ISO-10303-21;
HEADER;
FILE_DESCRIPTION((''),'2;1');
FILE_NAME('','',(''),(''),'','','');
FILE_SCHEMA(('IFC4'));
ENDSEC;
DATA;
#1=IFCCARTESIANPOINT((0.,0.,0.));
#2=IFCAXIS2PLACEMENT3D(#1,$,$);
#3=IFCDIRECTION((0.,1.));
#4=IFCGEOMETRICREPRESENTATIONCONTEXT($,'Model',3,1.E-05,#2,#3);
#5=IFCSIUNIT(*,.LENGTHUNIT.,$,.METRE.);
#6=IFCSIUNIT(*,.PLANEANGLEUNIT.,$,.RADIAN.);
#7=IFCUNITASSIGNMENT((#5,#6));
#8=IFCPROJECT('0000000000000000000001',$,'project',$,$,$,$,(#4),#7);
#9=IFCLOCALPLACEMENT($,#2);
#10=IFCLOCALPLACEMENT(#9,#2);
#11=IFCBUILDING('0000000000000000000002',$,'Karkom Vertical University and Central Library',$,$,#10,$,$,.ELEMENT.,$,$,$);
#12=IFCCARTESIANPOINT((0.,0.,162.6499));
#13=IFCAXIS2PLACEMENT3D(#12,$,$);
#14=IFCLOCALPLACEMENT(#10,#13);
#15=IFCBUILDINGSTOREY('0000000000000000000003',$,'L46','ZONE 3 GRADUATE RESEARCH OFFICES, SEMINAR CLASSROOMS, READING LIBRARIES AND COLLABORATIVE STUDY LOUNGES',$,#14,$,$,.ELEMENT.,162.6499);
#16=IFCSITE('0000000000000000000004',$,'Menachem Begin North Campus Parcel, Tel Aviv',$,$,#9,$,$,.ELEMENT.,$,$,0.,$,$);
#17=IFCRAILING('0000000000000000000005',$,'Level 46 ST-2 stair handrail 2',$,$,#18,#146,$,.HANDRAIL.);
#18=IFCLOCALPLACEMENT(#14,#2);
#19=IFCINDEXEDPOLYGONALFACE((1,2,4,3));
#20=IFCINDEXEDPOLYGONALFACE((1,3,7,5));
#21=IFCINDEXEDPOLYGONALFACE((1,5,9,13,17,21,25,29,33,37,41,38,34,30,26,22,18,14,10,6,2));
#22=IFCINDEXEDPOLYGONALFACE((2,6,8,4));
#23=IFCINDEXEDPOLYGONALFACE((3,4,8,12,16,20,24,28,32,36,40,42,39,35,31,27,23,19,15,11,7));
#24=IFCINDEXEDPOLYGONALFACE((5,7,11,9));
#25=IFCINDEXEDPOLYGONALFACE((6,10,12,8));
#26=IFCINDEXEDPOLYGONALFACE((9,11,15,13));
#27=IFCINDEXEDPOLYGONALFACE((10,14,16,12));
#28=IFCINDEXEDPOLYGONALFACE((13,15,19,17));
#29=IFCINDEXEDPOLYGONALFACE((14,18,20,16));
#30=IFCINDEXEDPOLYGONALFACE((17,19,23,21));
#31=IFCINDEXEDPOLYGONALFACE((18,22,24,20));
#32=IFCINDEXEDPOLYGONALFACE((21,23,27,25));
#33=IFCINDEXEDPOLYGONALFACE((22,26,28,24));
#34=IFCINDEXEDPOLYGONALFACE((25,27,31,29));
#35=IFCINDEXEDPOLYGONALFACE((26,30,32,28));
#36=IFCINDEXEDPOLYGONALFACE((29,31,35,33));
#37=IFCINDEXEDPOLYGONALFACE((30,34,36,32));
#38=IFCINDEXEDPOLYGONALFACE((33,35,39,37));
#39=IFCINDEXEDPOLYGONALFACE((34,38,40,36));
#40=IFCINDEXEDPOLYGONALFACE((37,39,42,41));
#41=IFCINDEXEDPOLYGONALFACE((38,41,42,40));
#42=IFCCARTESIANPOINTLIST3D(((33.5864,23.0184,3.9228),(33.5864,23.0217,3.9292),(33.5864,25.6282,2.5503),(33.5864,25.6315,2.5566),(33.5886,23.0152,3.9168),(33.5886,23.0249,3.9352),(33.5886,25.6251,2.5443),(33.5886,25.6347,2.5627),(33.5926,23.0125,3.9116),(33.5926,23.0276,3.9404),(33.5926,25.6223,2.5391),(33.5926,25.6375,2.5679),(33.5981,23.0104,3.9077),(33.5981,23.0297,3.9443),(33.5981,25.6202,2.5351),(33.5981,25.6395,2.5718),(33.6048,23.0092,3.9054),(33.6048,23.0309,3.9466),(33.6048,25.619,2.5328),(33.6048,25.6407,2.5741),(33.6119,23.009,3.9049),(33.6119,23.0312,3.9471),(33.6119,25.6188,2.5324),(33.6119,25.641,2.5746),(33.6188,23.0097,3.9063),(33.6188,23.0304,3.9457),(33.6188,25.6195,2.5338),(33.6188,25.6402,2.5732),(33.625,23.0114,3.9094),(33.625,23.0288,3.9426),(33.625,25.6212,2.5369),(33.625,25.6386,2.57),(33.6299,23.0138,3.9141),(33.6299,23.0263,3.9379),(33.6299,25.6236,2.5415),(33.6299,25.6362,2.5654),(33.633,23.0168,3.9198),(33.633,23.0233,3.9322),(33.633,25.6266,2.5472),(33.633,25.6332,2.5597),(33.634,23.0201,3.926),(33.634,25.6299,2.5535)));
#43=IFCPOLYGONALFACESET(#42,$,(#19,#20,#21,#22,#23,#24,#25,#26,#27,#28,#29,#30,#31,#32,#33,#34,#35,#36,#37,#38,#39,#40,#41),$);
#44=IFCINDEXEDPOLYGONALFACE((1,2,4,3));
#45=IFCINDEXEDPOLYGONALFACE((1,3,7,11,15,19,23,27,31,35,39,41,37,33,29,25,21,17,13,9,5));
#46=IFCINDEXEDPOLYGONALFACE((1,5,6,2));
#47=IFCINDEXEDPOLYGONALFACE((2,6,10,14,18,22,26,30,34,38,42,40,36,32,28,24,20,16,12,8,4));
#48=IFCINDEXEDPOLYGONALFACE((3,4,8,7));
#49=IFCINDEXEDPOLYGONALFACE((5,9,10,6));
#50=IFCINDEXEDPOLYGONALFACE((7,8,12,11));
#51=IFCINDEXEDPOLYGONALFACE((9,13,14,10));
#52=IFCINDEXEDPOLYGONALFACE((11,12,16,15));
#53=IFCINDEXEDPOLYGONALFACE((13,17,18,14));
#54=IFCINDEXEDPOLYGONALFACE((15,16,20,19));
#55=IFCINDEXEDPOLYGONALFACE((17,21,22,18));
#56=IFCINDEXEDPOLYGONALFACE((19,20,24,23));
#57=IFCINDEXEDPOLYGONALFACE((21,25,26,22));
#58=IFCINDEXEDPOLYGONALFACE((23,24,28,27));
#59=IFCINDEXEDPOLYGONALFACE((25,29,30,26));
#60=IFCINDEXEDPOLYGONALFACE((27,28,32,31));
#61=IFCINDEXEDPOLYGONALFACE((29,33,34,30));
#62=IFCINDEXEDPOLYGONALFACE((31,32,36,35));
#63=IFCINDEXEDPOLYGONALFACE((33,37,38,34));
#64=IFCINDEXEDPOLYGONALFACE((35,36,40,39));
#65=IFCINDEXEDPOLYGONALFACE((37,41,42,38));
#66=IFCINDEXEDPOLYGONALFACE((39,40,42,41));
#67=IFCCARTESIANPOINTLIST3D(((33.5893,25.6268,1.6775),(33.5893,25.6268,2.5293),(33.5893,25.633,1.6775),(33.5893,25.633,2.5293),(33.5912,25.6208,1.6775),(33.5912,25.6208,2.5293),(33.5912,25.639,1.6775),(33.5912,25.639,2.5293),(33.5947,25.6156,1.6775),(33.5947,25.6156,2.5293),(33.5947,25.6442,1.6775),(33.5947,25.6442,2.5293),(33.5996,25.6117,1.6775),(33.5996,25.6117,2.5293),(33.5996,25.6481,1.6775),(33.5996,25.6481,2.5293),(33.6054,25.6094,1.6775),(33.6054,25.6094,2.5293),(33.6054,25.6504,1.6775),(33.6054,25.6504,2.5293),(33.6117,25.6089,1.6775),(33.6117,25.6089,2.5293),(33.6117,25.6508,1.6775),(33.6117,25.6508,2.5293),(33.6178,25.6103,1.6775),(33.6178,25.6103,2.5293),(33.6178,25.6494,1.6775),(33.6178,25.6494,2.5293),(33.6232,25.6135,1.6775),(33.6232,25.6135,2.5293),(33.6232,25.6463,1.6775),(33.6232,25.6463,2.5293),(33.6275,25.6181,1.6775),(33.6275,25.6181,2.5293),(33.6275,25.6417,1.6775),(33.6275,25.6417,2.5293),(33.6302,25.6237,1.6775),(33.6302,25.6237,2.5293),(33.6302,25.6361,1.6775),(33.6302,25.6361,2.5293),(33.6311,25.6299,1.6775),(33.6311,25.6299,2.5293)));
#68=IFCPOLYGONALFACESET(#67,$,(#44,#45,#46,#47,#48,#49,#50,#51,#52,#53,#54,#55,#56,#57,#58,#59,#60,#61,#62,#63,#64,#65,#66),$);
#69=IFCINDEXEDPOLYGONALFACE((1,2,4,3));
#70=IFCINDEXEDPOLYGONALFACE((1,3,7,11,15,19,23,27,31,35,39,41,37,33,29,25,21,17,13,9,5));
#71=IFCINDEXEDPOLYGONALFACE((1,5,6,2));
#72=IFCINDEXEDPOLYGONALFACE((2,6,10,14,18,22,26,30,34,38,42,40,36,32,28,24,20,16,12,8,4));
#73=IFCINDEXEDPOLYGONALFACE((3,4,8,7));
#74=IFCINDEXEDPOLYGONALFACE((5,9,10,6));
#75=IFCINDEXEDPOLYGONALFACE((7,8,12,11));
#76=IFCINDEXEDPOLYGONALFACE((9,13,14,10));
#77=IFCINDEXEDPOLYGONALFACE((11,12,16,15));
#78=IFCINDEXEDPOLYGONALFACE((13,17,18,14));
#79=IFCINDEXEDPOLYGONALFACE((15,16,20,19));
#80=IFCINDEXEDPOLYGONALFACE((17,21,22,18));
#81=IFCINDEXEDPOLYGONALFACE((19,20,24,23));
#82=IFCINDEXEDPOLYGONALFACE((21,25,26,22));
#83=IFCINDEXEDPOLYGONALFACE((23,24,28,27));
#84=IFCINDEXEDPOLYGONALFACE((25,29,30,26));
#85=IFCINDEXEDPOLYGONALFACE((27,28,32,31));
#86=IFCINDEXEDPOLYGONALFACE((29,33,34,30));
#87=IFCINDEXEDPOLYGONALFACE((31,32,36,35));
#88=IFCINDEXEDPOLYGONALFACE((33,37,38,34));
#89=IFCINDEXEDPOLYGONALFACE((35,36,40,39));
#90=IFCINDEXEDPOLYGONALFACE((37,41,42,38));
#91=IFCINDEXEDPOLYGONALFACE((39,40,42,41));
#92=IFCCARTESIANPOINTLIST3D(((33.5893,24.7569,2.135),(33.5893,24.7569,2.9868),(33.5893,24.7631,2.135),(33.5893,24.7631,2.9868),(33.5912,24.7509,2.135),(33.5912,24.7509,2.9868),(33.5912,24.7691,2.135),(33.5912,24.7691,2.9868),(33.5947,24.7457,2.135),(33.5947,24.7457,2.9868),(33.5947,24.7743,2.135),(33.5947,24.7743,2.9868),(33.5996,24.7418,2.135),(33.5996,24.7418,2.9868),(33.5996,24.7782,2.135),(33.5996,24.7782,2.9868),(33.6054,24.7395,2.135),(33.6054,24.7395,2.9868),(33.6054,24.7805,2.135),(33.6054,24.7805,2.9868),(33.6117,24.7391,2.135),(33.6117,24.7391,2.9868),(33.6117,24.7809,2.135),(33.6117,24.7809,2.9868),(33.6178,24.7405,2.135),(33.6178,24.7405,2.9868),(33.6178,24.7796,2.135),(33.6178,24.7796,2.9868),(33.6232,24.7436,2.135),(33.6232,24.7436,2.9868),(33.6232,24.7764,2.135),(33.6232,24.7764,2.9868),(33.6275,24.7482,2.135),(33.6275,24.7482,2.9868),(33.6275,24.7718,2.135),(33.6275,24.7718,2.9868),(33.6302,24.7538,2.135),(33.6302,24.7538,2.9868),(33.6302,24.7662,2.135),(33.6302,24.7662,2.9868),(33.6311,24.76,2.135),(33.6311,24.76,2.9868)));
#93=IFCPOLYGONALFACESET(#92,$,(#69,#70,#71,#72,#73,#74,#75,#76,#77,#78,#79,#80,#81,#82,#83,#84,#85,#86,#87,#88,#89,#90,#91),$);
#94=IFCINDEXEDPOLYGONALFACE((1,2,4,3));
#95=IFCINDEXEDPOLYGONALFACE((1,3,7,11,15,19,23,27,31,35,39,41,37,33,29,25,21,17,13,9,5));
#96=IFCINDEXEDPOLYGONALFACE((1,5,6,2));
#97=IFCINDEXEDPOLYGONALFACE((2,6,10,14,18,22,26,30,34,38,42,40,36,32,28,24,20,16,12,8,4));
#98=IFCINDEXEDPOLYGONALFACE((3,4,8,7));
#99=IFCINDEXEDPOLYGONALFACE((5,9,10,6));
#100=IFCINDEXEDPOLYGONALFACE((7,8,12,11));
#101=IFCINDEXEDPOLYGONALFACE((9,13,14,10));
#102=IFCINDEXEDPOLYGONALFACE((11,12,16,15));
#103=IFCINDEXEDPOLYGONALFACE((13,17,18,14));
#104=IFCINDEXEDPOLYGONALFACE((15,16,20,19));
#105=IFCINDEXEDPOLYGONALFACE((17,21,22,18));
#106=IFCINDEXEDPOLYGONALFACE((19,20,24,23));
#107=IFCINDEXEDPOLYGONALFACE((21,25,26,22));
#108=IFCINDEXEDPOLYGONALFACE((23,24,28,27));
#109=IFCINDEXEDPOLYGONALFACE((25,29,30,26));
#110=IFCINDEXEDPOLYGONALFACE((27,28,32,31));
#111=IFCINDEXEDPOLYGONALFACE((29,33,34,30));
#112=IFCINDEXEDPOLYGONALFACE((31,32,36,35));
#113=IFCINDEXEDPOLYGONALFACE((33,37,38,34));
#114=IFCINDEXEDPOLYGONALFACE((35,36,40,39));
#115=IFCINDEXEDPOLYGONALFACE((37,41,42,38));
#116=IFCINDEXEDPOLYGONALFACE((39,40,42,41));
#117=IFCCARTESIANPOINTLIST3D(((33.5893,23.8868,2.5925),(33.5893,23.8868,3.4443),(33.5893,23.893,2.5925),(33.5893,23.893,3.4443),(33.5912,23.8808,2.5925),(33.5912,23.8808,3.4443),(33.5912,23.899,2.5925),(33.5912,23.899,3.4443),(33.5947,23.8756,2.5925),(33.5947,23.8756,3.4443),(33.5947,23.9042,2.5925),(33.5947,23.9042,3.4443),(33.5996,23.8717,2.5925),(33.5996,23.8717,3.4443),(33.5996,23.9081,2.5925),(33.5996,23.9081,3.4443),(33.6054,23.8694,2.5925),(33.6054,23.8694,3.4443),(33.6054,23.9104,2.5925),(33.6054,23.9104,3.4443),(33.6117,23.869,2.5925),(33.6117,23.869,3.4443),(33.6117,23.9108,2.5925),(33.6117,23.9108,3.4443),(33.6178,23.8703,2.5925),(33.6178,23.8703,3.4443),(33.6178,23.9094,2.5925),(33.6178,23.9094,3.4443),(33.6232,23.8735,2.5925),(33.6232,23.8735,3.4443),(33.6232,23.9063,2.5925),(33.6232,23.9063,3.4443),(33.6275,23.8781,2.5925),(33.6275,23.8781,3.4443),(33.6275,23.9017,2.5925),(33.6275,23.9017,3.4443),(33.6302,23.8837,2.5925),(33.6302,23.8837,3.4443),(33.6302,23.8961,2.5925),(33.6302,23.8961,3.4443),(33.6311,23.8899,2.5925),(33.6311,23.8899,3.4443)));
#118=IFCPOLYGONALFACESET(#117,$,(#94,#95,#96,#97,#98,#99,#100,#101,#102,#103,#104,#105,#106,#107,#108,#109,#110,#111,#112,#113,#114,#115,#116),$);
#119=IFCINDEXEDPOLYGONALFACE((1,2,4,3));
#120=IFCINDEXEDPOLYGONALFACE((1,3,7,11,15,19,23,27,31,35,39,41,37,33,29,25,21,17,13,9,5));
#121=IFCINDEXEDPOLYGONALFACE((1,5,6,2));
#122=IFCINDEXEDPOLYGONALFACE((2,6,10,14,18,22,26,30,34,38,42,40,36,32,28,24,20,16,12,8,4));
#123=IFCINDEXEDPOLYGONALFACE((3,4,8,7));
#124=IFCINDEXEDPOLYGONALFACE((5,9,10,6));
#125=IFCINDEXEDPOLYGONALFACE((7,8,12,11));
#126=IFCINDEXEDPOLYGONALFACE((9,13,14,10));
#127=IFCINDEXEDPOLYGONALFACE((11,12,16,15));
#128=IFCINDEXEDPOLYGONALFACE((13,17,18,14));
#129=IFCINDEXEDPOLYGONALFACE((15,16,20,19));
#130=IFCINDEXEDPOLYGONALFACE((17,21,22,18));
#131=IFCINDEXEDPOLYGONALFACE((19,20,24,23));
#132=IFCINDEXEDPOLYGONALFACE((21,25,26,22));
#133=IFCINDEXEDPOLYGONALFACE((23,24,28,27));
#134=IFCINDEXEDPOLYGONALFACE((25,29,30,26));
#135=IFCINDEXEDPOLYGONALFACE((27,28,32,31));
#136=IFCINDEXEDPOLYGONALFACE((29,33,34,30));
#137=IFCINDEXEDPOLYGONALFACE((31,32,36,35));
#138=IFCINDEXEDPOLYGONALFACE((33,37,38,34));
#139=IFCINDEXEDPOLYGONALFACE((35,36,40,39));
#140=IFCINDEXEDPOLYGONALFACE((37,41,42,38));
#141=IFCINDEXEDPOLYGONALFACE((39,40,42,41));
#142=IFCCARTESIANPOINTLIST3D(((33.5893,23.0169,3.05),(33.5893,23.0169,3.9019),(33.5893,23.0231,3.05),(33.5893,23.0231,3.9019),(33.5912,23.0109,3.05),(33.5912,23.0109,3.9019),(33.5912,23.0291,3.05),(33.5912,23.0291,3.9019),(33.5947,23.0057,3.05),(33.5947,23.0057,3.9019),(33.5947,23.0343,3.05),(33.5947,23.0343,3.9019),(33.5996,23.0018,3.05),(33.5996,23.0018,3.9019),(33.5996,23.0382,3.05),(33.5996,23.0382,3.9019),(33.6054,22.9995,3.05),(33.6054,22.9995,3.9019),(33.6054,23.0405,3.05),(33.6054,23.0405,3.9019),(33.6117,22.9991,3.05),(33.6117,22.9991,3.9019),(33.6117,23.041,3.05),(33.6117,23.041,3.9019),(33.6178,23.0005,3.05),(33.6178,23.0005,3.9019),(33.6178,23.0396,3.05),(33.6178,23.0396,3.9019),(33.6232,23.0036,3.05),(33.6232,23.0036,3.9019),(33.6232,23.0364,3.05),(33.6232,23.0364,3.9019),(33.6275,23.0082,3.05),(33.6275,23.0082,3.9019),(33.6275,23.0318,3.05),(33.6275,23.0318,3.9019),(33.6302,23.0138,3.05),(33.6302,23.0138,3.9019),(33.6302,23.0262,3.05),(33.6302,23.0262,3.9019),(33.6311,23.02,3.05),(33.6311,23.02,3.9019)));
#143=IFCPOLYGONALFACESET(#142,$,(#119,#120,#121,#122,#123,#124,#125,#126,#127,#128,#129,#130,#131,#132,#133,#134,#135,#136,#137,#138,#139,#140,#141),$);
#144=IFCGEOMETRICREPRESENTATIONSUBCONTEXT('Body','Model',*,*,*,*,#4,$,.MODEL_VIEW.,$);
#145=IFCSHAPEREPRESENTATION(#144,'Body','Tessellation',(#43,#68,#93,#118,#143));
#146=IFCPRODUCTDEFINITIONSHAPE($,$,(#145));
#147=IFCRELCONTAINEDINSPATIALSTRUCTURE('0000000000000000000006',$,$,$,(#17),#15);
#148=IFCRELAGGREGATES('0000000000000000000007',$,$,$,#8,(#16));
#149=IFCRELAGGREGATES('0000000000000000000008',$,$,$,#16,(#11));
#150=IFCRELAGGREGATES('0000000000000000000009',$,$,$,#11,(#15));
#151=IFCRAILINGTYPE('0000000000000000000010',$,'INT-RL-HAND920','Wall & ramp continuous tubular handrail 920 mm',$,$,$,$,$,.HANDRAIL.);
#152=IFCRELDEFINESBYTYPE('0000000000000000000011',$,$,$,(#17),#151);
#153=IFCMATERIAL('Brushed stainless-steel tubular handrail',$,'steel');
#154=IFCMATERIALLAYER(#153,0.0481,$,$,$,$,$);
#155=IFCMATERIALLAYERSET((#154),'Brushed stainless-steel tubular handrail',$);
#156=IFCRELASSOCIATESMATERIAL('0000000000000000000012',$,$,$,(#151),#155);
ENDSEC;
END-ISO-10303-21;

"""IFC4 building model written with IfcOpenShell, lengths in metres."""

from ifc_helpers import new_model, si_unit, direction, frame, origin, origin_2d, place, context, subcontext, project, spatial, circle, extrude, material, layer, layer_set, type_object, element, save


model = new_model("IFC4")

# Units and contexts
model_context = context("Model", 3, precision=1e-05, world=origin(), true_north=direction((0.0, 1.0)))
body_context = subcontext(model_context, "Body", "Model", "MODEL_VIEW")
ifc_project = project(units=[si_unit("LENGTHUNIT", "METRE"), si_unit("PLANEANGLEUNIT", "RADIAN")], contexts=[model_context])

# Site, building, storey
site_placement = place(None, origin())
site = spatial("IfcSite", under=ifc_project, at=site_placement, Name="Menachem Begin North Campus Parcel, Tel Aviv", CompositionType="ELEMENT", RefElevation=0.0)
building_placement = place(site_placement, origin())
building = spatial("IfcBuilding", under=site, at=building_placement, Name="Karkom Vertical University and Central Library", CompositionType="ELEMENT")
storey_placement = place(building_placement, frame((0.0, 0.0, 162.6499)))
storey = spatial("IfcBuildingStorey", under=building, at=storey_placement, Name="L46", Description="ZONE 3 GRADUATE RESEARCH OFFICES, SEMINAR CLASSROOMS, READING LIBRARIES AND COLLABORATIVE STUDY LOUNGES", CompositionType="ELEMENT", Elevation=162.6499)

# Railing
ifc_material_1 = material(Name="Brushed stainless-steel tubular handrail", Category="steel")
ifc_layer_1 = layer(ifc_material_1, 0.0481)
ifc_layer_set_1 = layer_set([ifc_layer_1], Name="Brushed stainless-steel tubular handrail")
railing_type_1 = type_object("IfcRailingType", Name="INT-RL-HAND920", Description="Wall & ramp continuous tubular handrail 920 mm", PredefinedType="HANDRAIL", material=ifc_layer_set_1)
railing_1_placement = place(storey_placement, frame((33.6101, 25.6299, 1.6775)))
element("IfcRailing", 1, at=railing_1_placement, inside=storey, type_object=railing_type_1, Name="Level 46 ST-2 stair handrail 2", PredefinedType="HANDRAIL", context=body_context, shape_type="SweptSolid", body=[
    extrude(circle(Radius=0.0239, at=origin_2d()), frame((0.0, 0.0, 0.876), z_axis=(0.0, -0.885065, 0.465467), x_axis=(1.0, 0.0, 0.0)), (0.0, 0.0, 1.0), 2.9487),
    extrude(circle(Radius=0.021, at=origin_2d()), origin(), (0.0, 0.0, 1.0), 0.8518),
    extrude(circle(Radius=0.021, at=origin_2d()), frame((0.0, -0.8699, 0.4575)), (0.0, 0.0, 1.0), 0.8518),
    extrude(circle(Radius=0.021, at=origin_2d()), frame((0.0, -1.74, 0.915)), (0.0, 0.0, 1.0), 0.8518),
    extrude(circle(Radius=0.021, at=origin_2d()), frame((0.0, -2.6099, 1.3726)), (0.0, 0.0, 1.0), 0.8518),
])

save(model, "model.ifc")
